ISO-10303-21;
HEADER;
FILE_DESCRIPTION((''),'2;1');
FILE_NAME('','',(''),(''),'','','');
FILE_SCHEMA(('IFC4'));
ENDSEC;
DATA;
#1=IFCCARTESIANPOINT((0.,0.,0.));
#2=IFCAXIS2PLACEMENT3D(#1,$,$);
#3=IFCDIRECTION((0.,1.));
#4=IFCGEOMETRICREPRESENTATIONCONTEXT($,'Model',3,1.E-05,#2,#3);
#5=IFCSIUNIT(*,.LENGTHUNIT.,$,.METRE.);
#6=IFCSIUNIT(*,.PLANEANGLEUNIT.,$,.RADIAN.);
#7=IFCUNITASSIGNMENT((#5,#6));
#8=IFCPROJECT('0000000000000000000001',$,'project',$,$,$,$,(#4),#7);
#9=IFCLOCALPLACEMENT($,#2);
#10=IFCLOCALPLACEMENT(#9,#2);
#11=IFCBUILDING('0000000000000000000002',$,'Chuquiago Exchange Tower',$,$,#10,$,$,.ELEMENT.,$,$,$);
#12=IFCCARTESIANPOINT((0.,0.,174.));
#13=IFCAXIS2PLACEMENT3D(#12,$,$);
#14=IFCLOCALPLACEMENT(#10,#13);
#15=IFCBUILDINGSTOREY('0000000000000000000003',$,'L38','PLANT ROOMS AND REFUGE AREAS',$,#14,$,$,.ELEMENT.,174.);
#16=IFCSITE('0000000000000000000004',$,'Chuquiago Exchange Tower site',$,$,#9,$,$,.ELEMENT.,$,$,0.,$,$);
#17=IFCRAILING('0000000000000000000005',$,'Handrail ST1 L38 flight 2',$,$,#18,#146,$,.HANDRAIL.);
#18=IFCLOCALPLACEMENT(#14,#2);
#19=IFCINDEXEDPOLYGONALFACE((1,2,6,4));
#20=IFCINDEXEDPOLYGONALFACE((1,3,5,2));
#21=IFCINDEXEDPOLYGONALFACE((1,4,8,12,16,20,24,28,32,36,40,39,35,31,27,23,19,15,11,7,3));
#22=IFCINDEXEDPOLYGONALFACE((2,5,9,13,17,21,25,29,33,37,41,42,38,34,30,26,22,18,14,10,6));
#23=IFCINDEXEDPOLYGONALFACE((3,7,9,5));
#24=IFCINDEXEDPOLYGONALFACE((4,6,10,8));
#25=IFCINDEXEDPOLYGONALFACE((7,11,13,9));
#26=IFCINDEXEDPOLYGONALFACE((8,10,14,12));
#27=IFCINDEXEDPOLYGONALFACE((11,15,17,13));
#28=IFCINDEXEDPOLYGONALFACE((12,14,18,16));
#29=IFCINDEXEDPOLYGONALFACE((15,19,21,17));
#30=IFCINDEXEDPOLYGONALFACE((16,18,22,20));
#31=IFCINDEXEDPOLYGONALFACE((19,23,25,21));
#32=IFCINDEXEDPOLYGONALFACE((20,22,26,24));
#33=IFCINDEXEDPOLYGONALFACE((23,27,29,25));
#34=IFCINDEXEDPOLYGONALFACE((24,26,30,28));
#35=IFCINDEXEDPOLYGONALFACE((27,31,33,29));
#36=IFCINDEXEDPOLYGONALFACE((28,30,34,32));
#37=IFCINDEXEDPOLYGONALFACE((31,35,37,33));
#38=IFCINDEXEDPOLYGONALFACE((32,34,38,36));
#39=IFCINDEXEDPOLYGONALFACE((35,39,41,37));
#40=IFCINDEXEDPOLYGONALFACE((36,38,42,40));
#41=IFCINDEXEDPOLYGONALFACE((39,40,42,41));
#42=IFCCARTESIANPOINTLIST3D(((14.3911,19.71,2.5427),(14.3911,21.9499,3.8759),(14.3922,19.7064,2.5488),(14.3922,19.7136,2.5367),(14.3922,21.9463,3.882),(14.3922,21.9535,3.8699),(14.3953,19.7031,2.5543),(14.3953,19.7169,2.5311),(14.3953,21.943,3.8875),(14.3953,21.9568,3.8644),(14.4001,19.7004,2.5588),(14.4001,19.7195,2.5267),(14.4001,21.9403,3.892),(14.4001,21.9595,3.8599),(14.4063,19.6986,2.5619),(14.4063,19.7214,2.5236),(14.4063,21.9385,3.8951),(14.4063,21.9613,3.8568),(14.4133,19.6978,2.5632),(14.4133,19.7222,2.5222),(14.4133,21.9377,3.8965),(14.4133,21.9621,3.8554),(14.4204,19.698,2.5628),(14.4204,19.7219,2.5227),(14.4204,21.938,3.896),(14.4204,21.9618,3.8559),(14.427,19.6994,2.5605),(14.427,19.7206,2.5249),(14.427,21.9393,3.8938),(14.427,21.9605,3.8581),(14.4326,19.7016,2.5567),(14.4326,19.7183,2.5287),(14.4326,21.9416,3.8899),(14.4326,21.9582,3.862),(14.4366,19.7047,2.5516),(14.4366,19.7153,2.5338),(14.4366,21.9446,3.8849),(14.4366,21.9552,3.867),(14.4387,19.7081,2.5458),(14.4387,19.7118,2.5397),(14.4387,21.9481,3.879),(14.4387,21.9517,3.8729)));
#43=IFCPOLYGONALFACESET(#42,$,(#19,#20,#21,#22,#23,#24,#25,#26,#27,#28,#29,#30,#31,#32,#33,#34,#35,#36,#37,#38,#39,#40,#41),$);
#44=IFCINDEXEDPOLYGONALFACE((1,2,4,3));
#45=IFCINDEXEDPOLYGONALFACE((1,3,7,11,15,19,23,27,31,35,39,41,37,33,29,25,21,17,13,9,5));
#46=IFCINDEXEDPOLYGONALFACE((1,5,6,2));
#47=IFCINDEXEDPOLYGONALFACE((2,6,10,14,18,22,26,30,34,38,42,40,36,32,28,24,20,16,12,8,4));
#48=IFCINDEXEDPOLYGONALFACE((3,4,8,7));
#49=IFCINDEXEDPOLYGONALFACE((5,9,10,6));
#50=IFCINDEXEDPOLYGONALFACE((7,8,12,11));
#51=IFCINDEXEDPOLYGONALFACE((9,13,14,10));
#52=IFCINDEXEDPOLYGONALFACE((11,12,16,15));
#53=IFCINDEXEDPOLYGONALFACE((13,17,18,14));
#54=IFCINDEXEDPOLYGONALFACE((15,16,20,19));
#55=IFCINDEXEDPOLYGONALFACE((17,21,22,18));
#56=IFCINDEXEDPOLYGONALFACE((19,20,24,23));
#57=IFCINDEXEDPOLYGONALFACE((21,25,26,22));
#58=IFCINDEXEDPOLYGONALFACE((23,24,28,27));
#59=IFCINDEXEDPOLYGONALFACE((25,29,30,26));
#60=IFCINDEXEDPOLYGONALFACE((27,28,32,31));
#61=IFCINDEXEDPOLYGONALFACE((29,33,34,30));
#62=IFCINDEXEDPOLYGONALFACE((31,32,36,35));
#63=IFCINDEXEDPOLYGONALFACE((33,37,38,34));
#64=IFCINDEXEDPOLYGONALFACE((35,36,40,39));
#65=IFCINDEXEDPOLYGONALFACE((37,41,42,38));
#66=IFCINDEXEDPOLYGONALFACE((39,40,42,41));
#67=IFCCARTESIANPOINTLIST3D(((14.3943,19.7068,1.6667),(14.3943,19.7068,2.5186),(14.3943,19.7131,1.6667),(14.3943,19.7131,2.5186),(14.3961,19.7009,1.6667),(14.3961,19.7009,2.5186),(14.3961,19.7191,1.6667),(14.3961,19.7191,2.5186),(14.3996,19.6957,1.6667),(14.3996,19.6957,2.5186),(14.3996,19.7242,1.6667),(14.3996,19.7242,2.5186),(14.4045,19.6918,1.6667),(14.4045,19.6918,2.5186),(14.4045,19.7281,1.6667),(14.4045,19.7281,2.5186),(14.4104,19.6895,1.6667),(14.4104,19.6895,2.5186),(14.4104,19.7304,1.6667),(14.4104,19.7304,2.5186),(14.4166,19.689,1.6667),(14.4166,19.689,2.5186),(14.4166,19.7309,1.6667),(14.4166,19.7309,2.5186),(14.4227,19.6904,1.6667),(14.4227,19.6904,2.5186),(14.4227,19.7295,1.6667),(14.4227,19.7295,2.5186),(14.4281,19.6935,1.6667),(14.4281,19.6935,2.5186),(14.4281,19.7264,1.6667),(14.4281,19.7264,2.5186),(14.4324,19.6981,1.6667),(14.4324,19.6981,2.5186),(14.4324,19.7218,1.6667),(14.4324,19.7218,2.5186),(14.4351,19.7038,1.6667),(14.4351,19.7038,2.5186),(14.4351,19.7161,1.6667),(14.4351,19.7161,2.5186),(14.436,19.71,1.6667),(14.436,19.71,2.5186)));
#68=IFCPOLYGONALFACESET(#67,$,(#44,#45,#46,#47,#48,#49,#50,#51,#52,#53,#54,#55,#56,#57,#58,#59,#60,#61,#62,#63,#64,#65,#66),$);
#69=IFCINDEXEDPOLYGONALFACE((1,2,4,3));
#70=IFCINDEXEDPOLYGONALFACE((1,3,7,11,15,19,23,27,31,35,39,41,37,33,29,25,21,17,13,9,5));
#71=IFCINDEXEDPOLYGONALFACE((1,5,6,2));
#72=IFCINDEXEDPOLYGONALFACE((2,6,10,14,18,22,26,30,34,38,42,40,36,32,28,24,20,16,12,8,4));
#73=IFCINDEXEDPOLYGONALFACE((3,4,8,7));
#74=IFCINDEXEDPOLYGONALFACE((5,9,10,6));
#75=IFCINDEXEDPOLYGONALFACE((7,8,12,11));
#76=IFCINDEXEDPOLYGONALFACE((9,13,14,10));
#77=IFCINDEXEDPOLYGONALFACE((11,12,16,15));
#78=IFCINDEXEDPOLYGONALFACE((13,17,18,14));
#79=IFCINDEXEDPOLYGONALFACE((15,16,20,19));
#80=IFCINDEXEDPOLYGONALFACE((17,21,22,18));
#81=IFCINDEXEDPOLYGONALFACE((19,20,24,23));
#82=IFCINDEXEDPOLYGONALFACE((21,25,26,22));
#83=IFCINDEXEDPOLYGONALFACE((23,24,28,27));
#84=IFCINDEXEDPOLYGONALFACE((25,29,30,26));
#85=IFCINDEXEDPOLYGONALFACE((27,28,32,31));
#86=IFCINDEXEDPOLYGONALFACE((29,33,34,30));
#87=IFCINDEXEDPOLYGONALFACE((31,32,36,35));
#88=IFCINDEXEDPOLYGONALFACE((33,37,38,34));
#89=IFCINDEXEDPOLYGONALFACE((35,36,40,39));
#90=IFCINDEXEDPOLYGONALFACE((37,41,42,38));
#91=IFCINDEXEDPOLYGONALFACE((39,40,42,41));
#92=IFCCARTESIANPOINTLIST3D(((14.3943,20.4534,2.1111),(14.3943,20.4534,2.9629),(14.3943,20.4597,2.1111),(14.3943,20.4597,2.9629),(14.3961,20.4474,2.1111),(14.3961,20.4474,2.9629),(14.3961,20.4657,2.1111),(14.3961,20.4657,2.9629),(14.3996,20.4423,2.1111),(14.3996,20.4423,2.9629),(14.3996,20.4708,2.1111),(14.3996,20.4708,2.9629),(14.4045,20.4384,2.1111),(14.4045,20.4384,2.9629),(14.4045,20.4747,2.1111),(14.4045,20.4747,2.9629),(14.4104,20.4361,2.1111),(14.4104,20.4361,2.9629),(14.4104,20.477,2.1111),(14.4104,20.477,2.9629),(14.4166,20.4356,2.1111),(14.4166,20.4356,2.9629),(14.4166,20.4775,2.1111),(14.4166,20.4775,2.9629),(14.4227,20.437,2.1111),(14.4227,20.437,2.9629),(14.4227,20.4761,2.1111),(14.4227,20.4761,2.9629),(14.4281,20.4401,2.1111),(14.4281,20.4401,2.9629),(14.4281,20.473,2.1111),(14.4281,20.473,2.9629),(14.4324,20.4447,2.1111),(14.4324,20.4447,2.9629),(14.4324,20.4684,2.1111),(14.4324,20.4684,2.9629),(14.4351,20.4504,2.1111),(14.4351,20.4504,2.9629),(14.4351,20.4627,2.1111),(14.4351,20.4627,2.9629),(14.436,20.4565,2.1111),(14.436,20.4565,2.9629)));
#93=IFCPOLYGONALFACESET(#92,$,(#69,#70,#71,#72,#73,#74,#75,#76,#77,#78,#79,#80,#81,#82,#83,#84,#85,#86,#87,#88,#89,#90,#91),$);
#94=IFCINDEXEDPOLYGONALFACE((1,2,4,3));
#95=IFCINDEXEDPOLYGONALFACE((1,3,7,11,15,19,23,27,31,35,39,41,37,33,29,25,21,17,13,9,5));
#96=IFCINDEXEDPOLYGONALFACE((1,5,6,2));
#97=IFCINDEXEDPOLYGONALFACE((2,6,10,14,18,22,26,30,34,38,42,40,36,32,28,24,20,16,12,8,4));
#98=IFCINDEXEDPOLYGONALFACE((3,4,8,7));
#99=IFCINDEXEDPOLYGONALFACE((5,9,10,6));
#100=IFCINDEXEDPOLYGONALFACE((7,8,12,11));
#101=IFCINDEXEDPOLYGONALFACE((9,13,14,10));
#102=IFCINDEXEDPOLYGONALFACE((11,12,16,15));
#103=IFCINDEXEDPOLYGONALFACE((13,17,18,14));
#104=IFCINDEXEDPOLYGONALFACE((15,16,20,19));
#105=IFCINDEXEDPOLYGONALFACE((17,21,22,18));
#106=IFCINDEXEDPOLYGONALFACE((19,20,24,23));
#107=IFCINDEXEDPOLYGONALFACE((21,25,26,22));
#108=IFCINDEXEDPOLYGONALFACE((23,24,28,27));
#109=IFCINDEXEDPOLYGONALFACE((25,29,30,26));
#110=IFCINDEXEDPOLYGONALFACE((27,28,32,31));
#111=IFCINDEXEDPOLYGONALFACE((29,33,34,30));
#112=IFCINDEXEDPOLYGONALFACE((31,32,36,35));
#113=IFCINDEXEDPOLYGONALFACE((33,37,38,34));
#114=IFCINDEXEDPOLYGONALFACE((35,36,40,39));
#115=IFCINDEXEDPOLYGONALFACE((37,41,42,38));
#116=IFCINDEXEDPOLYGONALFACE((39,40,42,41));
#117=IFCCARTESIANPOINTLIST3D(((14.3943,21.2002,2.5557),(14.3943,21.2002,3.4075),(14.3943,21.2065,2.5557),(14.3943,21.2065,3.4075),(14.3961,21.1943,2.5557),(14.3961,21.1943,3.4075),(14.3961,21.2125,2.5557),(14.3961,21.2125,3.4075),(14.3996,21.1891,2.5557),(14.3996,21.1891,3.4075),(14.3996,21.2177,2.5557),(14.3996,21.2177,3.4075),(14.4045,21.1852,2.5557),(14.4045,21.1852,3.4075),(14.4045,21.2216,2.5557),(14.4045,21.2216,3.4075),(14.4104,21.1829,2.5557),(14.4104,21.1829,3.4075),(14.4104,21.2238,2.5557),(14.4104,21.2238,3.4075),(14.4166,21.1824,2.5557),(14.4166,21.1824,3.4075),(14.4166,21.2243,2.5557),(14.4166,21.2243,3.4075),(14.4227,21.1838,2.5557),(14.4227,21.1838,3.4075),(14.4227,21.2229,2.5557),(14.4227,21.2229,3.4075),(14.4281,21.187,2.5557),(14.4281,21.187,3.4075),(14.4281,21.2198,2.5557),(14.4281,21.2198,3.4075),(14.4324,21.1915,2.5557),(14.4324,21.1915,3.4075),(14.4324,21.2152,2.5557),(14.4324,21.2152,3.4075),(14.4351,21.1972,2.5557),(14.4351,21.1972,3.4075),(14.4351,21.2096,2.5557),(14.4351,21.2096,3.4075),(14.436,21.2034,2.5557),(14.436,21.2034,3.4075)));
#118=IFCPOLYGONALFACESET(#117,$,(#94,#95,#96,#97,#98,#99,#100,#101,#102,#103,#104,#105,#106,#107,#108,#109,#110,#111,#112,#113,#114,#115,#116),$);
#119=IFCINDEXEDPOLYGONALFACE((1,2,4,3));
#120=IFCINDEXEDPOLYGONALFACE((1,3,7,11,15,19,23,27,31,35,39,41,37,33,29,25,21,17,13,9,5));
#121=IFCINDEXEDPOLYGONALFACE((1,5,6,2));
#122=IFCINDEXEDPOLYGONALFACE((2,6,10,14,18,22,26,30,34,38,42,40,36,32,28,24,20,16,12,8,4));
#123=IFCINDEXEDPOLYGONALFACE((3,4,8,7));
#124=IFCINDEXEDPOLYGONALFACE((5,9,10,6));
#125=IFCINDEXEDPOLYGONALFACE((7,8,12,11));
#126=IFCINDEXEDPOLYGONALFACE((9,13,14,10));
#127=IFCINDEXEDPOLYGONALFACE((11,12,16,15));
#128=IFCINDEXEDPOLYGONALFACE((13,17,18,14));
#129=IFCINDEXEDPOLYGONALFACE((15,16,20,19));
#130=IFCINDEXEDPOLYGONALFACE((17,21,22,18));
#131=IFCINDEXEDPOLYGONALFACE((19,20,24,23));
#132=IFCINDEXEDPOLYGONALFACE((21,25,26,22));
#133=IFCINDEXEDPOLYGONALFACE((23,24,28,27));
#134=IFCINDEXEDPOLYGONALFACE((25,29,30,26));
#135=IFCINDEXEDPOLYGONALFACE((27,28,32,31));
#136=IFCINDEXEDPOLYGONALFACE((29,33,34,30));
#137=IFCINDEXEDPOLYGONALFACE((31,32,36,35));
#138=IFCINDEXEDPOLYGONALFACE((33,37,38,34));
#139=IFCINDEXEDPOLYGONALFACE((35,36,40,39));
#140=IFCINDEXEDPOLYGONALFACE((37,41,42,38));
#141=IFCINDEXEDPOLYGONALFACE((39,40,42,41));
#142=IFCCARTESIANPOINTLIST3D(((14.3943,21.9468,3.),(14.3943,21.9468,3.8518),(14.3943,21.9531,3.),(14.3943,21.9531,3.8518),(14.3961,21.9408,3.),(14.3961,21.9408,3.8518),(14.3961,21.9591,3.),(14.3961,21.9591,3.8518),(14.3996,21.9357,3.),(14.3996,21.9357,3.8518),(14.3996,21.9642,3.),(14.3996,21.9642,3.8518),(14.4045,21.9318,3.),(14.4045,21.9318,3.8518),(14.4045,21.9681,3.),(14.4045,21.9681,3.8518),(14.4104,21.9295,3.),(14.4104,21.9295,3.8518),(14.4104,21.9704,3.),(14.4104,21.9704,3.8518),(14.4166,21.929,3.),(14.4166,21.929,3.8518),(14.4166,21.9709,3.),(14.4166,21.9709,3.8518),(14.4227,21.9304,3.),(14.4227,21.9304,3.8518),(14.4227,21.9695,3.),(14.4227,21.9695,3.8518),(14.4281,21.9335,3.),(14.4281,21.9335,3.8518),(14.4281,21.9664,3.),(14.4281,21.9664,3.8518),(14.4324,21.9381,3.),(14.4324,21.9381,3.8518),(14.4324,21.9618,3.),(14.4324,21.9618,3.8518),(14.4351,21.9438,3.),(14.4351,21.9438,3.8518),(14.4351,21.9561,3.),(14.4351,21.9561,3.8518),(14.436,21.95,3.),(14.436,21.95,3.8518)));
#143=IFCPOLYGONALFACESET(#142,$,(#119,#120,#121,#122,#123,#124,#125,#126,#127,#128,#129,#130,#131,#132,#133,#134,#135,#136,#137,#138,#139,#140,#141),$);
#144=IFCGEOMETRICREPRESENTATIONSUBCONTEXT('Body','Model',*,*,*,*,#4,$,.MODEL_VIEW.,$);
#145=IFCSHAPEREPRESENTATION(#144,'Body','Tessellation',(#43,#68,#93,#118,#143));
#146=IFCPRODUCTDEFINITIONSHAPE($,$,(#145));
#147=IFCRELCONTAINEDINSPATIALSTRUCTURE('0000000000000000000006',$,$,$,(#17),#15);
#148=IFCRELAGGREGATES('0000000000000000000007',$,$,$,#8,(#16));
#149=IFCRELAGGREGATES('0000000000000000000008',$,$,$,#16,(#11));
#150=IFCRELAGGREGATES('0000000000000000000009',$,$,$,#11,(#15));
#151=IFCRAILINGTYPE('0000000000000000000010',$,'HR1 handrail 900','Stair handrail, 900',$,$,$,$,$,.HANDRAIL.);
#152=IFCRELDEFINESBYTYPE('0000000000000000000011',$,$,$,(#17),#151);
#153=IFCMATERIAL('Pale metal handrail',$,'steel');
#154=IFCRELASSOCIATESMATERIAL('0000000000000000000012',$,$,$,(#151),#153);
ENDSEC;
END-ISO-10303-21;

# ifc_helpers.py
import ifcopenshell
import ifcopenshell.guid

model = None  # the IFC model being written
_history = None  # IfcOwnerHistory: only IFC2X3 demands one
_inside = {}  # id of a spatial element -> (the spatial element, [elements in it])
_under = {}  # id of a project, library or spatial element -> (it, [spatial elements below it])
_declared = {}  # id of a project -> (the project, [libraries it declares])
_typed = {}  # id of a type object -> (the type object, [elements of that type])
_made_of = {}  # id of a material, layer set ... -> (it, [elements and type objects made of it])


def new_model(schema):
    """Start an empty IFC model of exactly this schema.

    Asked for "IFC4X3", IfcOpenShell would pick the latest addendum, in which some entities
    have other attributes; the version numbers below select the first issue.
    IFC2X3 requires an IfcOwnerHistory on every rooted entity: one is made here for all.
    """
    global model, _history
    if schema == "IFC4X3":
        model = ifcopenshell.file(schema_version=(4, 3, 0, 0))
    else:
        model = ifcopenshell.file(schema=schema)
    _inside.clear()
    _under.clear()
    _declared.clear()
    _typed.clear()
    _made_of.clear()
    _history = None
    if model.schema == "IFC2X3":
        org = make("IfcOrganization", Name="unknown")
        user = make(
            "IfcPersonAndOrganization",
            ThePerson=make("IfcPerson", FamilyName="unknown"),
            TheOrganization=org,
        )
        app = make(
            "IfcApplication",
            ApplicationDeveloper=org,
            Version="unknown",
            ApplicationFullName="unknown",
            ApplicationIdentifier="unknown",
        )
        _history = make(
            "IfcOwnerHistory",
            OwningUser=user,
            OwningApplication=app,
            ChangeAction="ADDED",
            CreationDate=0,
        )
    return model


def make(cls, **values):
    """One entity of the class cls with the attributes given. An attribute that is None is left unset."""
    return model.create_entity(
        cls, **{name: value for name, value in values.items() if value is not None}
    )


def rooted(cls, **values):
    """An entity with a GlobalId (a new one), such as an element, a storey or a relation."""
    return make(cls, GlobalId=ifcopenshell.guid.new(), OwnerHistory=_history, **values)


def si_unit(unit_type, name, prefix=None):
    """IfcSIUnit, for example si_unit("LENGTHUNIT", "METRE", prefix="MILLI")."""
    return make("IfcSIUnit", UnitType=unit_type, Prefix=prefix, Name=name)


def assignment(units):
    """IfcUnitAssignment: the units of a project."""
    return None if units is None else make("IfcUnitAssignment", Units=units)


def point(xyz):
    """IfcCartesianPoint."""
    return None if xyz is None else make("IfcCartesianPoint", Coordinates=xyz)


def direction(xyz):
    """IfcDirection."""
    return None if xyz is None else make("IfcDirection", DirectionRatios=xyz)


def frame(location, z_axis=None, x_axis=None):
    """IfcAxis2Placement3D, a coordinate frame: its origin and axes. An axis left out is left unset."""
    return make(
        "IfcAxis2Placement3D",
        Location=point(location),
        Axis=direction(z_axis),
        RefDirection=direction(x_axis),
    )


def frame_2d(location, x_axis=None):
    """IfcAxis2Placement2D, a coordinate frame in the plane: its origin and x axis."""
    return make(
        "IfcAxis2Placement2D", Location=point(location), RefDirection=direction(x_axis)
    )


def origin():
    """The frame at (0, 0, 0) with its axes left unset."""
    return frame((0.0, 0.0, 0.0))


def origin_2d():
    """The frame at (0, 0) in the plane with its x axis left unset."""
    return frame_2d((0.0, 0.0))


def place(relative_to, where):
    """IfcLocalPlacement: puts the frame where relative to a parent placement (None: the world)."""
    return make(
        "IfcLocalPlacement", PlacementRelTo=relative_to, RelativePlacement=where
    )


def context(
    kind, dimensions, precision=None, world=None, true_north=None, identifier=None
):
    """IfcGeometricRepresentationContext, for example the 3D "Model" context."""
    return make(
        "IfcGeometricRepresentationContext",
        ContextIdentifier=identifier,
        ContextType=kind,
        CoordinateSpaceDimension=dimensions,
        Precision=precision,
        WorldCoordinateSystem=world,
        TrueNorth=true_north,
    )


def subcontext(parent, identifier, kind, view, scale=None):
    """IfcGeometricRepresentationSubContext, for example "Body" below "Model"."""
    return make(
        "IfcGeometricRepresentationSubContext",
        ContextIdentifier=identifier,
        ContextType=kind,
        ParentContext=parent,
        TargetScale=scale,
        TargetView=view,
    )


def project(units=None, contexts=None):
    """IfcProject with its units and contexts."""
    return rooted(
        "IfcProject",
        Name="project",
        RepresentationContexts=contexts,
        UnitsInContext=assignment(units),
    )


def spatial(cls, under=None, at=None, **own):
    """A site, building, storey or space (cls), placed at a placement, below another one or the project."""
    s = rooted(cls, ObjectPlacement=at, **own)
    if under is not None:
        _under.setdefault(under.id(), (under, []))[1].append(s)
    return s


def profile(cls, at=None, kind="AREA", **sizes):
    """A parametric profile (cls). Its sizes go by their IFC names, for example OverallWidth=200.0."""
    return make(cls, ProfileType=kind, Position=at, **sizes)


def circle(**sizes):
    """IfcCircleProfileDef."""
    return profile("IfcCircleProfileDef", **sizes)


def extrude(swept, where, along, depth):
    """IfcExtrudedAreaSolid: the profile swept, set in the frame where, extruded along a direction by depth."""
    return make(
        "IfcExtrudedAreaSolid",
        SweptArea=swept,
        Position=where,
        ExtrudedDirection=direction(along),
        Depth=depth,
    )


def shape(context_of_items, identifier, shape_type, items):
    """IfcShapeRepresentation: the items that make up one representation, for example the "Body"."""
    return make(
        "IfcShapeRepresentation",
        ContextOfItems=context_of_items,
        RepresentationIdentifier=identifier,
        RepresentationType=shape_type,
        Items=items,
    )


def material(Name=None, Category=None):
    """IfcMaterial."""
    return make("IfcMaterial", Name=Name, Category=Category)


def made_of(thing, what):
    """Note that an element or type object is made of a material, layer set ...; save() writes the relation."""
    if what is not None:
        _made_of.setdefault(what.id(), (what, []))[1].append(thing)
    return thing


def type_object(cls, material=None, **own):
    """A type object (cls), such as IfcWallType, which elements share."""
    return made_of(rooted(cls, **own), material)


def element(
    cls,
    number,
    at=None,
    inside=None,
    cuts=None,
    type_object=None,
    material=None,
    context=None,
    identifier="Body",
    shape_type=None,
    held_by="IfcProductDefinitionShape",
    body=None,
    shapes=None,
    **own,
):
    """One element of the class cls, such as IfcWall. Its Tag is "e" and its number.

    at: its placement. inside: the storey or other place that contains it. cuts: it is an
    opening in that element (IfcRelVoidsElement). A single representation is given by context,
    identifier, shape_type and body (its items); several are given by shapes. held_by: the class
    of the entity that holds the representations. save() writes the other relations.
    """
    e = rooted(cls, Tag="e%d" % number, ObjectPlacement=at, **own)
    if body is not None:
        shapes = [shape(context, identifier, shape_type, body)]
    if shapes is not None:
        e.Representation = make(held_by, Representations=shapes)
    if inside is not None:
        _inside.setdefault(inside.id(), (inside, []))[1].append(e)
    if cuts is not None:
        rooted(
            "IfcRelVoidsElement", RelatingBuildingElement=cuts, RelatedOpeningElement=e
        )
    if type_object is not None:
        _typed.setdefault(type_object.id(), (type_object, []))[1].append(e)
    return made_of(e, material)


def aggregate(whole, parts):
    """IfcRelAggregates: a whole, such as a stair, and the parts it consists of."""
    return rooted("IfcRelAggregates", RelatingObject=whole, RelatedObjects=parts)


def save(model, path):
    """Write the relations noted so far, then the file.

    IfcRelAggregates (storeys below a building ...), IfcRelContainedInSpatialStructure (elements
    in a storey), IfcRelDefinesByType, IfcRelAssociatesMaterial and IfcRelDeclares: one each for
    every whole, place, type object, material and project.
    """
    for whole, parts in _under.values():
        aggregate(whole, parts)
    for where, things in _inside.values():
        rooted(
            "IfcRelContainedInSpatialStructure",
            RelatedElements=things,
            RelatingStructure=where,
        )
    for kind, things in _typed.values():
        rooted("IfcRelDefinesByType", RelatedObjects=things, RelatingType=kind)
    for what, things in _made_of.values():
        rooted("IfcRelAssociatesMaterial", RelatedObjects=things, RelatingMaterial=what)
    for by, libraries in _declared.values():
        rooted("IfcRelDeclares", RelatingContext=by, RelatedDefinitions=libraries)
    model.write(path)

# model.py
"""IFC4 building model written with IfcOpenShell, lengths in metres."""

from ifc_helpers import new_model, si_unit, direction, frame, origin, origin_2d, place, context, subcontext, project, spatial, circle, extrude, material, type_object, element, save


model = new_model("IFC4")

# Units and contexts
model_context = context("Model", 3, precision=1e-05, world=origin(), true_north=direction((0.0, 1.0)))
body_context = subcontext(model_context, "Body", "Model", "MODEL_VIEW")
ifc_project = project(units=[si_unit("LENGTHUNIT", "METRE"), si_unit("PLANEANGLEUNIT", "RADIAN")], contexts=[model_context])

# Site, building, storey
site_placement = place(None, origin())
site = spatial("IfcSite", under=ifc_project, at=site_placement, Name="Chuquiago Exchange Tower site", CompositionType="ELEMENT", RefElevation=0.0)
building_placement = place(site_placement, origin())
building = spatial("IfcBuilding", under=site, at=building_placement, Name="Chuquiago Exchange Tower", CompositionType="ELEMENT")
storey_placement = place(building_placement, frame((0.0, 0.0, 174.0)))
storey = spatial("IfcBuildingStorey", under=building, at=storey_placement, Name="L38", Description="PLANT ROOMS AND REFUGE AREAS", CompositionType="ELEMENT", Elevation=174.0)

# Railing
ifc_material_1 = material(Name="Pale metal handrail", Category="steel")
railing_type_1 = type_object("IfcRailingType", Name="HR1 handrail 900", Description="Stair handrail, 900", PredefinedType="HANDRAIL", material=ifc_material_1)
for number, where, name in (
    (1, (14.415, 19.71, 1.6667), "Handrail ST1 L38 flight 2"),
):
    element("IfcRailing", number, at=place(storey_placement, frame(where)), inside=storey, type_object=railing_type_1, Name=name, PredefinedType="HANDRAIL", context=body_context, shape_type="SweptSolid", body=[
        extrude(circle(Radius=0.0239, at=origin_2d()), frame((0.0, 0.0, 0.876), z_axis=(0.0, 0.859306, 0.511462), x_axis=(-1.0, 0.0, 0.0)), (0.0, 0.0, 1.0), 2.6067),
        extrude(circle(Radius=0.021, at=origin_2d()), origin(), (0.0, 0.0, 1.0), 0.8518),
        extrude(circle(Radius=0.021, at=origin_2d()), frame((0.0, 0.7466, 0.4443)), (0.0, 0.0, 1.0), 0.8518),
        extrude(circle(Radius=0.021, at=origin_2d()), frame((0.0, 1.4934, 0.8889)), (0.0, 0.0, 1.0), 0.8518),
        extrude(circle(Radius=0.021, at=origin_2d()), frame((0.0, 2.24, 1.3333)), (0.0, 0.0, 1.0), 0.8518),
    ])

save(model, "model.ifc")
